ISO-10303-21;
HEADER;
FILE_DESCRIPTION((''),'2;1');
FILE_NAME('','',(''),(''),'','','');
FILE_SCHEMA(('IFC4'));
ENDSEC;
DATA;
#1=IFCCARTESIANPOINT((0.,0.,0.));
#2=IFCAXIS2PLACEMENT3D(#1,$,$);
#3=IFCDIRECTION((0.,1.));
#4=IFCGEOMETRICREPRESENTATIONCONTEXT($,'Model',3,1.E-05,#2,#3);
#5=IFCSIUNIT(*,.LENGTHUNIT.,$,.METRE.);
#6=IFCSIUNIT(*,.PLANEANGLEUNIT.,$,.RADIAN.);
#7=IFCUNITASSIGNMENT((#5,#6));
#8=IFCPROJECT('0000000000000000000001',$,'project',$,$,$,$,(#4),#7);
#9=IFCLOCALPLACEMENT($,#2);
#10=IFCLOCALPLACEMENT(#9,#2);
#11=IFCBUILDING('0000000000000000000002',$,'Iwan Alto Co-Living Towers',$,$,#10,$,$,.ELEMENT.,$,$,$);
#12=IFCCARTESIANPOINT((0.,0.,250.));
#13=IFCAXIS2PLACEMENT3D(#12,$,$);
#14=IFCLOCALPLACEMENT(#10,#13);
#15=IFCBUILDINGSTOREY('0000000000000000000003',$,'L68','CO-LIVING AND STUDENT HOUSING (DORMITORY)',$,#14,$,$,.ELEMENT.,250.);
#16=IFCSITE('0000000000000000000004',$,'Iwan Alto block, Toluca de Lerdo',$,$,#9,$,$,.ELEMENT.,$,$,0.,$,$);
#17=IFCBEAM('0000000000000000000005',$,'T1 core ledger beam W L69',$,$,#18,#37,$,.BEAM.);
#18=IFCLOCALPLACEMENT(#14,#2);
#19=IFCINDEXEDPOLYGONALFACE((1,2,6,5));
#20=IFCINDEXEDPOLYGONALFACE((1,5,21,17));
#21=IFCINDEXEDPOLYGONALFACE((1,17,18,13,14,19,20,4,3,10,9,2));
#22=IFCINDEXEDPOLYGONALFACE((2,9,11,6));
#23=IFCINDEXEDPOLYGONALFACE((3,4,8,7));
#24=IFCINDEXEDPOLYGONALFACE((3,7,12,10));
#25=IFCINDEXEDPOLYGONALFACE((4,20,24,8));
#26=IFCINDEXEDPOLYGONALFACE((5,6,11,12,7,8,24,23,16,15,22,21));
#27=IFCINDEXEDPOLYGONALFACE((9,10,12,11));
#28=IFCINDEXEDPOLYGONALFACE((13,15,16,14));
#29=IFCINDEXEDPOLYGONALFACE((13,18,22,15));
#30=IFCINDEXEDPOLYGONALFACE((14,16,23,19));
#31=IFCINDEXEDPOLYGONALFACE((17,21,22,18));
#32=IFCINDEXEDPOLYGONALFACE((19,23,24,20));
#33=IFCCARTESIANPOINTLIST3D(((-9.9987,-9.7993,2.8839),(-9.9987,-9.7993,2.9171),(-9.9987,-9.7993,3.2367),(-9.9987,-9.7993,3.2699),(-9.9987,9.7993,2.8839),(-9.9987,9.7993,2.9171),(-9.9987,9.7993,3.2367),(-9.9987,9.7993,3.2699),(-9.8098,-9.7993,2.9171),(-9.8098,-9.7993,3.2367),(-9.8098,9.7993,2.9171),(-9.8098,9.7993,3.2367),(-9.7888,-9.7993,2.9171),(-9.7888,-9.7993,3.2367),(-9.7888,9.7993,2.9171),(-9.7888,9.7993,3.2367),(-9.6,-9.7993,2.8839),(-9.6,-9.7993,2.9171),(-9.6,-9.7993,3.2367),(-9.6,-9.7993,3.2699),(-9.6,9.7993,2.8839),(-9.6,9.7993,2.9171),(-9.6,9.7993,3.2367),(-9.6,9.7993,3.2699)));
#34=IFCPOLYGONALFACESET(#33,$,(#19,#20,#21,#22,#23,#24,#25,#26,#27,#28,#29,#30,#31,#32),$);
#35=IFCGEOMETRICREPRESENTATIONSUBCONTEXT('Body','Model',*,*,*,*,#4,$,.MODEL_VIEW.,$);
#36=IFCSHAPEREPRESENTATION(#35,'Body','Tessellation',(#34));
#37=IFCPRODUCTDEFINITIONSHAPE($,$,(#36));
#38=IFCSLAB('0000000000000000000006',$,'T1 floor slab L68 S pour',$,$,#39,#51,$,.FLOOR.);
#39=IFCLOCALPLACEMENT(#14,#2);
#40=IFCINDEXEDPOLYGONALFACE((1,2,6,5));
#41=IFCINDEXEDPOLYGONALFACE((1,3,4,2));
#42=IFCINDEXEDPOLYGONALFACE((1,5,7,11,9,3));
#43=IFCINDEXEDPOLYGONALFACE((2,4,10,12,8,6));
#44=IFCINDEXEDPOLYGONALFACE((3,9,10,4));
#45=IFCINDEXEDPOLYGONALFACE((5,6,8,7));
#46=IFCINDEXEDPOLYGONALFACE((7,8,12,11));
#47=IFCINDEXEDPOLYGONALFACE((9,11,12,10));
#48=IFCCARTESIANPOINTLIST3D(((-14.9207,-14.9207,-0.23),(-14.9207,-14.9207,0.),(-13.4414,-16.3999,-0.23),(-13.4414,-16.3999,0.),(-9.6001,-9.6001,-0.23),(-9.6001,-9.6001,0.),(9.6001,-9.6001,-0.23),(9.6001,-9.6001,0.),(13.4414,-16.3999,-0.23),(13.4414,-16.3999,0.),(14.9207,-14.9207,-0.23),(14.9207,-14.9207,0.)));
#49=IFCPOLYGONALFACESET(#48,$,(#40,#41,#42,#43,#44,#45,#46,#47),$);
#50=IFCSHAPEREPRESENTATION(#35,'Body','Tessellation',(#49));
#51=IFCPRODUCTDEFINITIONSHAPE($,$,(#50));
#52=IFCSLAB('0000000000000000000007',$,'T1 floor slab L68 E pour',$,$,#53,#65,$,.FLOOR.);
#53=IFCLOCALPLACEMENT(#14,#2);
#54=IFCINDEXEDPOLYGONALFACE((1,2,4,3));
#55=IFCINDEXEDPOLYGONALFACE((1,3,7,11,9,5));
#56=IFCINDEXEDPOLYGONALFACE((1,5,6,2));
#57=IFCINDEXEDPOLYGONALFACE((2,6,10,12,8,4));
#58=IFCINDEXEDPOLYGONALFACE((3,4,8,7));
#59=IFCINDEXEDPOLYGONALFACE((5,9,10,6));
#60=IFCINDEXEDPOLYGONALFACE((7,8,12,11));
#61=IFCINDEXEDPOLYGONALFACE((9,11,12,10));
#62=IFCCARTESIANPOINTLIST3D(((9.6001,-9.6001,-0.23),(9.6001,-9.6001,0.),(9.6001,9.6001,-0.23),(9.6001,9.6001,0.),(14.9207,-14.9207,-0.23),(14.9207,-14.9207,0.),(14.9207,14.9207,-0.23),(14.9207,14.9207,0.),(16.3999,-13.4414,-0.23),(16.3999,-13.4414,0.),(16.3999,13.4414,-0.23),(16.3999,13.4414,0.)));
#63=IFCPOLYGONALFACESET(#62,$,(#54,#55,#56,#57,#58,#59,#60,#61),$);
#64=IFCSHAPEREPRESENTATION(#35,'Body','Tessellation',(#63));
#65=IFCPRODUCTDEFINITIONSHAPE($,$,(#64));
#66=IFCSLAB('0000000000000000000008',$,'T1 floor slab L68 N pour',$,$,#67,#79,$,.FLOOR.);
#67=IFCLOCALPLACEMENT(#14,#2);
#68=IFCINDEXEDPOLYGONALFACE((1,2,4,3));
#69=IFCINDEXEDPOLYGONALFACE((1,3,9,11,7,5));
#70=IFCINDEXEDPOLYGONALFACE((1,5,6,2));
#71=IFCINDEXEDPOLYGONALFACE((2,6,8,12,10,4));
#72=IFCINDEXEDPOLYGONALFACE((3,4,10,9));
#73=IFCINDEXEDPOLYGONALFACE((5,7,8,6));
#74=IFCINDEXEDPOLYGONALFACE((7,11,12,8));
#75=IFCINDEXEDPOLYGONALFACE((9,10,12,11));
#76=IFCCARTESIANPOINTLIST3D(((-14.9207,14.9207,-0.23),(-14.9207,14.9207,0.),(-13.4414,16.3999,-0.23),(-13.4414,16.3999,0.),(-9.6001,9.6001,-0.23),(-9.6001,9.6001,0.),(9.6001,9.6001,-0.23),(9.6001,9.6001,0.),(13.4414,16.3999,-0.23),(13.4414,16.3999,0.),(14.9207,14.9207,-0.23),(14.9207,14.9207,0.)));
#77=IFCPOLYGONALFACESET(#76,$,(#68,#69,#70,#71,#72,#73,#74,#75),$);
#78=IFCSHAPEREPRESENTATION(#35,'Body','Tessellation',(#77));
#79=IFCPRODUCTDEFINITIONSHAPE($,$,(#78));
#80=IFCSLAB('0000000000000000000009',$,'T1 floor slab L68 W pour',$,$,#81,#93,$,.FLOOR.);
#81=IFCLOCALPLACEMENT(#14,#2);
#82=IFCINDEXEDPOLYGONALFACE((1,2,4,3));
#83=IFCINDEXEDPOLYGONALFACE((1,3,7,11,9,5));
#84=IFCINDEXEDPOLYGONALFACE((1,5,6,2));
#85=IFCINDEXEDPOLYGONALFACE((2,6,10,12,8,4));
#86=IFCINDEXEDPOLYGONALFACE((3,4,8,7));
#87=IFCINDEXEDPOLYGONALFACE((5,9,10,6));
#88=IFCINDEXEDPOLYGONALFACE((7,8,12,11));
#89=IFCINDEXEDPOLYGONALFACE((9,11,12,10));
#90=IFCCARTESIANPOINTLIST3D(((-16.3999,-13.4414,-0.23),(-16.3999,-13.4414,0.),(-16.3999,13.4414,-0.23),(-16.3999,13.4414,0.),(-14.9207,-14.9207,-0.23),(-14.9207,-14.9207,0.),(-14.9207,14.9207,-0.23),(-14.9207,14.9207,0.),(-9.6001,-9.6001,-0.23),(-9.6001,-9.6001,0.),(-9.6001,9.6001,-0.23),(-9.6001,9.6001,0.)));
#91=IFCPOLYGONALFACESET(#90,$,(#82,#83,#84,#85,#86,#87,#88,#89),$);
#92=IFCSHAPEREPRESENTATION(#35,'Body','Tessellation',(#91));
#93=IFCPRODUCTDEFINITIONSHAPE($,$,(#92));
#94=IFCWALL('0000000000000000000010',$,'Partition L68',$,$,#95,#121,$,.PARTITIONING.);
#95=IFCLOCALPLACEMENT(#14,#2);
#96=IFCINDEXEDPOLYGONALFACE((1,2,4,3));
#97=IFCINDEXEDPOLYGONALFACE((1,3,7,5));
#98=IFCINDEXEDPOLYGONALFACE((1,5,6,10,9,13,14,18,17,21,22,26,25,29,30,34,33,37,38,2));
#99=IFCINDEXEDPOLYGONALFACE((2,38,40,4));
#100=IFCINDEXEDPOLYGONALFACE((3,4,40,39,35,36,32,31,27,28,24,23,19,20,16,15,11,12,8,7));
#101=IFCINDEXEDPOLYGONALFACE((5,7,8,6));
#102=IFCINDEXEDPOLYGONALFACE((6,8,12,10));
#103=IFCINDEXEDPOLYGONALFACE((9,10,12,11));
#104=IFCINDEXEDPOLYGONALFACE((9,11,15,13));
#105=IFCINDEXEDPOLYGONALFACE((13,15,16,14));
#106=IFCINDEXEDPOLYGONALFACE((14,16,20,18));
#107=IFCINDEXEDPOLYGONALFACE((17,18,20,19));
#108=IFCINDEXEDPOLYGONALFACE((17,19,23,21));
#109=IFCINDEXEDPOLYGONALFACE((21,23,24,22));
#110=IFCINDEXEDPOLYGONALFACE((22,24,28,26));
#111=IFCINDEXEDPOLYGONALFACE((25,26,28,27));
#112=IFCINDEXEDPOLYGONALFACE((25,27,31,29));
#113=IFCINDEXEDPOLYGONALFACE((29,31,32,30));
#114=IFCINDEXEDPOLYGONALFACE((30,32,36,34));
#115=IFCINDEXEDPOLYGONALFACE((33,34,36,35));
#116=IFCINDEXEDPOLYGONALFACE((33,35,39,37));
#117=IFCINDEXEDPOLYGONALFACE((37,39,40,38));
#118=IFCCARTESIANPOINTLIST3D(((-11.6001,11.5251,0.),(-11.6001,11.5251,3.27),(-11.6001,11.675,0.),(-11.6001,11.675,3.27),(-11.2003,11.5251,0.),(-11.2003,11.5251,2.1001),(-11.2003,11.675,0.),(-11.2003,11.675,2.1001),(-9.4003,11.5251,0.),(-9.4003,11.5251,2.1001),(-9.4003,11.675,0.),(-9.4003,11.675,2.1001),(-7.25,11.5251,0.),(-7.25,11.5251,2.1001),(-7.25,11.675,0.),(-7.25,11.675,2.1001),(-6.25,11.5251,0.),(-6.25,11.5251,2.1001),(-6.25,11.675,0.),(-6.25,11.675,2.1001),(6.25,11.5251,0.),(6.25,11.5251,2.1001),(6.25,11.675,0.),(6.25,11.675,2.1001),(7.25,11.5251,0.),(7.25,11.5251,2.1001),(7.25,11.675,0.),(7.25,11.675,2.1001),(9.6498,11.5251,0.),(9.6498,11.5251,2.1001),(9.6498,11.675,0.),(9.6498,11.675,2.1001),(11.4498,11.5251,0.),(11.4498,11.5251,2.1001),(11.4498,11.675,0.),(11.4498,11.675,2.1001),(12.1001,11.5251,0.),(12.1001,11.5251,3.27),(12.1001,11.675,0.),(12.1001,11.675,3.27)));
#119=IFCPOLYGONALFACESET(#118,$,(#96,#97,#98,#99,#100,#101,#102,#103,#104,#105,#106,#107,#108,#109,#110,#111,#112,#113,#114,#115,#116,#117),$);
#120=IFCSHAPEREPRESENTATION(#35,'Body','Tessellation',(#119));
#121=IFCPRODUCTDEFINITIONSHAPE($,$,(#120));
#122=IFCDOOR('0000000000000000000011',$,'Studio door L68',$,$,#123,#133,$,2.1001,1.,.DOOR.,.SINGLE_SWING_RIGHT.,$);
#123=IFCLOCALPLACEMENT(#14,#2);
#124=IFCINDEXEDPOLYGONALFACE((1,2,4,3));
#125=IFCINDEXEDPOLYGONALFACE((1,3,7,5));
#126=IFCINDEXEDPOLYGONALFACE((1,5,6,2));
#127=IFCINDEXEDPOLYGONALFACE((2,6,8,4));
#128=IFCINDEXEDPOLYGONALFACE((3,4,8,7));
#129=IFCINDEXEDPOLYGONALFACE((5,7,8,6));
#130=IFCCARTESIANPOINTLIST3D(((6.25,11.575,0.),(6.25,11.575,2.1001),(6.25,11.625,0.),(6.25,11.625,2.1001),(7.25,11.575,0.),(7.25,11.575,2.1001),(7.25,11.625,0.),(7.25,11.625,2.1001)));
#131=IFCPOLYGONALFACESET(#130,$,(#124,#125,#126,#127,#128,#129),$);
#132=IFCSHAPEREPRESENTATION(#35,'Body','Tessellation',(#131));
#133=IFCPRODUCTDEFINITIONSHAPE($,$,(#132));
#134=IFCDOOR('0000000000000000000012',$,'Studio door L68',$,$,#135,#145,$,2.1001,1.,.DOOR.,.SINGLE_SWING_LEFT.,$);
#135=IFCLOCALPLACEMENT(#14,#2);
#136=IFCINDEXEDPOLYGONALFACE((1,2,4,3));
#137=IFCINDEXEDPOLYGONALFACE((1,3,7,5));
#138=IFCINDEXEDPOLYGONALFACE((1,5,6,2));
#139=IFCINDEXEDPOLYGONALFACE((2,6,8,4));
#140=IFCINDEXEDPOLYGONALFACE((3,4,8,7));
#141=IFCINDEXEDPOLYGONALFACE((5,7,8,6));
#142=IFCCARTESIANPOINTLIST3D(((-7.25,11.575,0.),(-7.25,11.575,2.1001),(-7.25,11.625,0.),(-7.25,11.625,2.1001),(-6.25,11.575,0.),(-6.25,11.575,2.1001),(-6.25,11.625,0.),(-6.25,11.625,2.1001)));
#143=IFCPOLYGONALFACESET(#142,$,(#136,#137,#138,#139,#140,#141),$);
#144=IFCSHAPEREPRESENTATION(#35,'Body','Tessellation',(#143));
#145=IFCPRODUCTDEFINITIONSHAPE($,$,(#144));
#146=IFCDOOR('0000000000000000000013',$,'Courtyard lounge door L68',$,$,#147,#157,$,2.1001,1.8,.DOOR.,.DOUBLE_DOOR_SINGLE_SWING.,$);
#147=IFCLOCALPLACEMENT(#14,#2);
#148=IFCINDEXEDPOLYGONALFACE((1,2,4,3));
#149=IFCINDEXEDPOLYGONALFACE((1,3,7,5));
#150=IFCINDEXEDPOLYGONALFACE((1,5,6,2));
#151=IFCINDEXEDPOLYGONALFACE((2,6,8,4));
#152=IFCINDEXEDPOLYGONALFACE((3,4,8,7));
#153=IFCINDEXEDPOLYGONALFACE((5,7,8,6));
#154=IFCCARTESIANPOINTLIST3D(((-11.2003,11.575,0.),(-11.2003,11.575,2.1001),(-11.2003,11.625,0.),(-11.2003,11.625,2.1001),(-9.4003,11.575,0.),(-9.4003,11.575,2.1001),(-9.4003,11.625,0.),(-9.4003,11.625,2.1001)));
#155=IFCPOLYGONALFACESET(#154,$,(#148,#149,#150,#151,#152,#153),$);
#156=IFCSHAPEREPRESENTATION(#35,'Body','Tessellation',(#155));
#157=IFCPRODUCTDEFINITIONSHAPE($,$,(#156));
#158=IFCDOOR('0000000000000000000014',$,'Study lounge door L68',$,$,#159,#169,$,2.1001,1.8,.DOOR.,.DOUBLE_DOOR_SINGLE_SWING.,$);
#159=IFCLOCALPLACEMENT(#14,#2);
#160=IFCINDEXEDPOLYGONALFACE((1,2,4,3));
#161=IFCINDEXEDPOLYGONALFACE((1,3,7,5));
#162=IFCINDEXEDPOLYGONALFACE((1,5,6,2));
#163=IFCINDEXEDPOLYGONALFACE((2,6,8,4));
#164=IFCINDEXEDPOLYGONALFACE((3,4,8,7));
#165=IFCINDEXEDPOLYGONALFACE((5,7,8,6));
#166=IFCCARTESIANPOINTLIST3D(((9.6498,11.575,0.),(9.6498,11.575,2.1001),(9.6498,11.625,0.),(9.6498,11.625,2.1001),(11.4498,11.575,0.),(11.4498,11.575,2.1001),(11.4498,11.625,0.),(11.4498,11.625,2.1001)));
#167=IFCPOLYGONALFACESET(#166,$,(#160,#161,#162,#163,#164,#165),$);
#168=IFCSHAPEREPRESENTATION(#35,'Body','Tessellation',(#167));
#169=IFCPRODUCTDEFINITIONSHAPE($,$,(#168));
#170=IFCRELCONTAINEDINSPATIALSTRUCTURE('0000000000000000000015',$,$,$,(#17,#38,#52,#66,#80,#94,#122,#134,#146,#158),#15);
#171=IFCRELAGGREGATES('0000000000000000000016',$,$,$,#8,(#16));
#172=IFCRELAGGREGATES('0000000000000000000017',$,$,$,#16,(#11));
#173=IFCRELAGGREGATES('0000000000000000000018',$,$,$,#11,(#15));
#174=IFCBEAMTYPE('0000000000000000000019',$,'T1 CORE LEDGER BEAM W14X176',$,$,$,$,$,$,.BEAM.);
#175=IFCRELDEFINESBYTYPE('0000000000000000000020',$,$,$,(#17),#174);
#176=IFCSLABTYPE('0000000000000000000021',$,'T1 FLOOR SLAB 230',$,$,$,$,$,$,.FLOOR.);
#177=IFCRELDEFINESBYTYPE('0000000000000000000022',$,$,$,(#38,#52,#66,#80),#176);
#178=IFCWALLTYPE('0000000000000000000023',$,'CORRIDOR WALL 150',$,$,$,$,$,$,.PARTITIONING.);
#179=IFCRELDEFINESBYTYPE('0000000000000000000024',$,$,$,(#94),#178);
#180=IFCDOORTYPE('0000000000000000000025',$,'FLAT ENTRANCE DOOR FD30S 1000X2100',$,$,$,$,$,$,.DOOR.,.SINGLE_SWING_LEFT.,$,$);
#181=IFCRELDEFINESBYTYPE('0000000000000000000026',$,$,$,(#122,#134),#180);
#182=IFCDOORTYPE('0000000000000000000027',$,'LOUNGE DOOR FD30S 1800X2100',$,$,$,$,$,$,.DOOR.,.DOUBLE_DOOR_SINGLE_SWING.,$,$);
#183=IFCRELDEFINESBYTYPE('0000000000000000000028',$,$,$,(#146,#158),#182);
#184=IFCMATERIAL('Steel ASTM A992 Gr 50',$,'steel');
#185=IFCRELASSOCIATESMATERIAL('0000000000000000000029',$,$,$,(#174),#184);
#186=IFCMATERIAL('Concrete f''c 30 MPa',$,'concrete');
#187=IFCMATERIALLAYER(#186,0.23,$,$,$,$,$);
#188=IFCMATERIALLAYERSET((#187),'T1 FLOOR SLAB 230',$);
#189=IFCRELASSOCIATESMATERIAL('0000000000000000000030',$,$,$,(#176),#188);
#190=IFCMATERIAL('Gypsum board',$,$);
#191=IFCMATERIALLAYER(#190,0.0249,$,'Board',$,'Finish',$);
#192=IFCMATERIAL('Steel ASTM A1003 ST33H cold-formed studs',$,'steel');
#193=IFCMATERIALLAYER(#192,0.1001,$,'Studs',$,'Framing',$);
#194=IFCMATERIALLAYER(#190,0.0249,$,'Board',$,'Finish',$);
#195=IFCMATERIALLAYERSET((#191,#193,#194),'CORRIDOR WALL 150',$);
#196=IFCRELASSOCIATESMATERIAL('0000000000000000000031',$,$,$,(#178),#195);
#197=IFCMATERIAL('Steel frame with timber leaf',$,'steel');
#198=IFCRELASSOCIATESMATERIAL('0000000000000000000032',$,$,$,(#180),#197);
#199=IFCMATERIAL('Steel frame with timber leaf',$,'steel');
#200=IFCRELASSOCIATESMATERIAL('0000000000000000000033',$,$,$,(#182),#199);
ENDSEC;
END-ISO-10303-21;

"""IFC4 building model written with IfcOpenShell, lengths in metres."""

from ifc_helpers import new_model, si_unit, direction, frame, frame_2d, origin, origin_2d, place, context, subcontext, project, spatial, polyline, rectangle, i_section, outline, extrude, material, layer, layer_set, material_profile, profile_set, type_object, element, fill, save


model = new_model("IFC4")

# Units and contexts
model_context = context("Model", 3, precision=1e-05, world=origin(), true_north=direction((0.0, 1.0)))
body_context = subcontext(model_context, "Body", "Model", "MODEL_VIEW")
ifc_project = project(units=[si_unit("LENGTHUNIT", "METRE"), si_unit("PLANEANGLEUNIT", "RADIAN")], contexts=[model_context])

# Site, building, storey
site_placement = place(None, origin())
site = spatial("IfcSite", under=ifc_project, at=site_placement, Name="Iwan Alto block, Toluca de Lerdo", CompositionType="ELEMENT", RefElevation=0.0)
building_placement = place(site_placement, origin())
building = spatial("IfcBuilding", under=site, at=building_placement, Name="Iwan Alto Co-Living Towers", CompositionType="ELEMENT")
storey_placement = place(building_placement, frame((0.0, 0.0, 250.0)))
storey = spatial("IfcBuildingStorey", under=building, at=storey_placement, Name="L68", Description="CO-LIVING AND STUDENT HOUSING (DORMITORY)", CompositionType="ELEMENT", Elevation=250.0)

# Beam
ifc_material_1 = material(Name="Steel ASTM A992 Gr 50", Category="steel")
ifc_material_profile = material_profile(ifc_material_1, i_section(OverallWidth=0.3987, OverallDepth=0.386, WebThickness=0.021, FlangeThickness=0.0332, at=origin_2d()), Name="W14X176")
ifc_profile_set = profile_set([ifc_material_profile], Name="Steel ASTM A992 Gr 50")
beam_type = type_object("IfcBeamType", Name="T1 CORE LEDGER BEAM W14X176", PredefinedType="BEAM", material=ifc_profile_set)
beam_placement = place(storey_placement, frame((-9.7993, 9.7993, 3.0769), z_axis=(0.0, -1.0, 0.0), x_axis=(1.0, 0.0, 0.0)))
element("IfcBeam", 1, at=beam_placement, inside=storey, type_object=beam_type, Name="T1 core ledger beam W L69", PredefinedType="BEAM", context=body_context, shape_type="SweptSolid", body=[
    extrude(i_section(OverallWidth=0.3987, OverallDepth=0.386, WebThickness=0.021, FlangeThickness=0.0332, at=origin_2d()), origin(), (0.0, 0.0, 1.0), 19.5986),
])

# Slabs
ifc_material_2 = material(Name="Concrete f'c 30 MPa", Category="concrete")
ifc_layer_1 = layer(ifc_material_2, 0.23)
ifc_layer_set_1 = layer_set([ifc_layer_1], Name="T1 FLOOR SLAB 230")
slab_type = type_object("IfcSlabType", Name="T1 FLOOR SLAB 230", PredefinedType="FLOOR", material=ifc_layer_set_1)
slab_1_placement = place(storey_placement, frame((0.0, 0.0, -0.23)))
element("IfcSlab", 2, at=slab_1_placement, inside=storey, type_object=slab_type, Name="T1 floor slab L68 S pour", PredefinedType="FLOOR", context=body_context, shape_type="SweptSolid", body=[
    extrude(outline(polyline([(13.4414, -16.3999), (-13.4414, -16.3999), (-14.9207, -14.9207), (-9.6001, -9.6001), (9.6001, -9.6001), (14.9207, -14.9207), (13.4414, -16.3999)])), origin(), (0.0, 0.0, 1.0), 0.23),
])
slab_2_placement = place(storey_placement, frame((0.0, 0.0, -0.23)))
element("IfcSlab", 3, at=slab_2_placement, inside=storey, type_object=slab_type, Name="T1 floor slab L68 E pour", PredefinedType="FLOOR", context=body_context, shape_type="SweptSolid", body=[
    extrude(outline(polyline([(16.3999, 13.4414), (16.3999, -13.4414), (14.9207, -14.9207), (9.6001, -9.6001), (9.6001, 9.6001), (14.9207, 14.9207), (16.3999, 13.4414)])), origin(), (0.0, 0.0, 1.0), 0.23),
])
slab_3_placement = place(storey_placement, frame((0.0, 0.0, -0.23)))
element("IfcSlab", 4, at=slab_3_placement, inside=storey, type_object=slab_type, Name="T1 floor slab L68 N pour", PredefinedType="FLOOR", context=body_context, shape_type="SweptSolid", body=[
    extrude(outline(polyline([(-13.4414, 16.3999), (13.4414, 16.3999), (14.9207, 14.9207), (9.6001, 9.6001), (-9.6001, 9.6001), (-14.9207, 14.9207), (-13.4414, 16.3999)])), origin(), (0.0, 0.0, 1.0), 0.23),
])
slab_4_placement = place(storey_placement, frame((0.0, 0.0, -0.23)))
element("IfcSlab", 5, at=slab_4_placement, inside=storey, type_object=slab_type, Name="T1 floor slab L68 W pour", PredefinedType="FLOOR", context=body_context, shape_type="SweptSolid", body=[
    extrude(outline(polyline([(-16.3999, 13.4414), (-14.9207, 14.9207), (-9.6001, 9.6001), (-9.6001, -9.6001), (-14.9207, -14.9207), (-16.3999, -13.4414), (-16.3999, 13.4414)])), origin(), (0.0, 0.0, 1.0), 0.23),
])

# Wall, openings, doors
ifc_material_3 = material(Name="Gypsum board")
ifc_layer_2 = layer(ifc_material_3, 0.0249, Name="Board", Category="Finish")
ifc_material_4 = material(Name="Steel ASTM A1003 ST33H cold-formed studs", Category="steel")
ifc_layer_3 = layer(ifc_material_4, 0.1001, Name="Studs", Category="Framing")
ifc_layer_4 = layer(ifc_material_3, 0.0249, Name="Board", Category="Finish")
ifc_layer_set_2 = layer_set([ifc_layer_2, ifc_layer_3, ifc_layer_4], Name="CORRIDOR WALL 150")
wall_type_1 = type_object("IfcWallType", Name="CORRIDOR WALL 150", PredefinedType="PARTITIONING", material=ifc_layer_set_2)
wall_1_placement = place(storey_placement, frame((-11.6001, 11.6001, 0.0), z_axis=(0.0, 0.0, 1.0), x_axis=(1.0, 0.0, 0.0)))
wall_1 = element("IfcWall", 6, at=wall_1_placement, inside=storey, type_object=wall_type_1, Name="Partition L68", PredefinedType="PARTITIONING", context=body_context, shape_type="SweptSolid", body=[
    extrude(rectangle(XDim=23.7002, YDim=0.1499, at=frame_2d((11.8501, 0.0))), origin(), (0.0, 0.0, 1.0), 3.27),
])
opening_1_placement = place(wall_1_placement, frame((17.8501, 0.0, 0.0)))
opening_1 = element("IfcOpeningElement", 7, at=opening_1_placement, cuts=wall_1, PredefinedType="OPENING", context=body_context, shape_type="SweptSolid", body=[
    extrude(rectangle(XDim=1.0, YDim=2.1001, at=frame_2d((0.5, 1.05))), frame((0.0, 0.085, 0.0), z_axis=(0.0, -1.0, 0.0), x_axis=(1.0, 0.0, 0.0)), (0.0, 0.0, 1.0), 0.1699),
])
opening_2_placement = place(wall_1_placement, frame((4.3501, 0.0, 0.0)))
opening_2 = element("IfcOpeningElement", 8, at=opening_2_placement, cuts=wall_1, PredefinedType="OPENING", context=body_context, shape_type="SweptSolid", body=[
    extrude(rectangle(XDim=1.0, YDim=2.1001, at=frame_2d((0.5, 1.05))), frame((0.0, 0.085, 0.0), z_axis=(0.0, -1.0, 0.0), x_axis=(1.0, 0.0, 0.0)), (0.0, 0.0, 1.0), 0.1699),
])
opening_3_placement = place(wall_1_placement, frame((0.3999, 0.0, 0.0)))
opening_3 = element("IfcOpeningElement", 9, at=opening_3_placement, cuts=wall_1, PredefinedType="OPENING", context=body_context, shape_type="SweptSolid", body=[
    extrude(rectangle(XDim=1.8, YDim=2.1001, at=frame_2d((0.8999, 1.05))), frame((0.0, 0.085, 0.0), z_axis=(0.0, -1.0, 0.0), x_axis=(1.0, 0.0, 0.0)), (0.0, 0.0, 1.0), 0.1699),
])
opening_4_placement = place(wall_1_placement, frame((21.25, 0.0, 0.0)))
opening_4 = element("IfcOpeningElement", 10, at=opening_4_placement, cuts=wall_1, PredefinedType="OPENING", context=body_context, shape_type="SweptSolid", body=[
    extrude(rectangle(XDim=1.8, YDim=2.1001, at=frame_2d((0.8999, 1.05))), frame((0.0, 0.085, 0.0), z_axis=(0.0, -1.0, 0.0), x_axis=(1.0, 0.0, 0.0)), (0.0, 0.0, 1.0), 0.1699),
])
ifc_material_5 = material(Name="Steel frame with timber leaf", Category="steel")
door_type_1 = type_object("IfcDoorType", Name="FLAT ENTRANCE DOOR FD30S 1000X2100", OperationType="SINGLE_SWING_LEFT", PredefinedType="DOOR", material=ifc_material_5)
door_1_placement = place(opening_1_placement, origin())
door_1 = element("IfcDoor", 11, at=door_1_placement, inside=storey, type_object=door_type_1, Name="Studio door L68", OperationType="SINGLE_SWING_RIGHT", OverallHeight=2.1001, OverallWidth=1.0, PredefinedType="DOOR", context=body_context, shape_type="SweptSolid", body=[
    extrude(rectangle(XDim=1.0, YDim=2.1001, at=frame_2d((0.5, 1.05))), frame((0.0, 0.0249, 0.0), z_axis=(0.0, -1.0, 0.0), x_axis=(1.0, 0.0, 0.0)), (0.0, 0.0, 1.0), 0.05),
])
fill(opening_1, door_1)
door_2_placement = place(opening_2_placement, origin())
door_2 = element("IfcDoor", 12, at=door_2_placement, inside=storey, type_object=door_type_1, Name="Studio door L68", OperationType="SINGLE_SWING_LEFT", OverallHeight=2.1001, OverallWidth=1.0, PredefinedType="DOOR", context=body_context, shape_type="SweptSolid", body=[
    extrude(rectangle(XDim=1.0, YDim=2.1001, at=frame_2d((0.5, 1.05))), frame((0.0, 0.0249, 0.0), z_axis=(0.0, -1.0, 0.0), x_axis=(1.0, 0.0, 0.0)), (0.0, 0.0, 1.0), 0.05),
])
fill(opening_2, door_2)
ifc_material_6 = material(Name="Steel frame with timber leaf", Category="steel")
door_type_2 = type_object("IfcDoorType", Name="LOUNGE DOOR FD30S 1800X2100", OperationType="DOUBLE_DOOR_SINGLE_SWING", PredefinedType="DOOR", material=ifc_material_6)
door_3_placement = place(opening_3_placement, origin())
door_3 = element("IfcDoor", 13, at=door_3_placement, inside=storey, type_object=door_type_2, Name="Courtyard lounge door L68", OperationType="DOUBLE_DOOR_SINGLE_SWING", OverallHeight=2.1001, OverallWidth=1.8, PredefinedType="DOOR", context=body_context, shape_type="SweptSolid", body=[
    extrude(rectangle(XDim=1.8, YDim=2.1001, at=frame_2d((0.8999, 1.05))), frame((0.0, 0.0249, 0.0), z_axis=(0.0, -1.0, 0.0), x_axis=(1.0, 0.0, 0.0)), (0.0, 0.0, 1.0), 0.05),
])
fill(opening_3, door_3)
door_4_placement = place(opening_4_placement, origin())
door_4 = element("IfcDoor", 14, at=door_4_placement, inside=storey, type_object=door_type_2, Name="Study lounge door L68", OperationType="DOUBLE_DOOR_SINGLE_SWING", OverallHeight=2.1001, OverallWidth=1.8, PredefinedType="DOOR", context=body_context, shape_type="SweptSolid", body=[
    extrude(rectangle(XDim=1.8, YDim=2.1001, at=frame_2d((0.8999, 1.05))), frame((0.0, 0.0249, 0.0), z_axis=(0.0, -1.0, 0.0), x_axis=(1.0, 0.0, 0.0)), (0.0, 0.0, 1.0), 0.05),
])
fill(opening_4, door_4)

save(model, "model.ifc")
